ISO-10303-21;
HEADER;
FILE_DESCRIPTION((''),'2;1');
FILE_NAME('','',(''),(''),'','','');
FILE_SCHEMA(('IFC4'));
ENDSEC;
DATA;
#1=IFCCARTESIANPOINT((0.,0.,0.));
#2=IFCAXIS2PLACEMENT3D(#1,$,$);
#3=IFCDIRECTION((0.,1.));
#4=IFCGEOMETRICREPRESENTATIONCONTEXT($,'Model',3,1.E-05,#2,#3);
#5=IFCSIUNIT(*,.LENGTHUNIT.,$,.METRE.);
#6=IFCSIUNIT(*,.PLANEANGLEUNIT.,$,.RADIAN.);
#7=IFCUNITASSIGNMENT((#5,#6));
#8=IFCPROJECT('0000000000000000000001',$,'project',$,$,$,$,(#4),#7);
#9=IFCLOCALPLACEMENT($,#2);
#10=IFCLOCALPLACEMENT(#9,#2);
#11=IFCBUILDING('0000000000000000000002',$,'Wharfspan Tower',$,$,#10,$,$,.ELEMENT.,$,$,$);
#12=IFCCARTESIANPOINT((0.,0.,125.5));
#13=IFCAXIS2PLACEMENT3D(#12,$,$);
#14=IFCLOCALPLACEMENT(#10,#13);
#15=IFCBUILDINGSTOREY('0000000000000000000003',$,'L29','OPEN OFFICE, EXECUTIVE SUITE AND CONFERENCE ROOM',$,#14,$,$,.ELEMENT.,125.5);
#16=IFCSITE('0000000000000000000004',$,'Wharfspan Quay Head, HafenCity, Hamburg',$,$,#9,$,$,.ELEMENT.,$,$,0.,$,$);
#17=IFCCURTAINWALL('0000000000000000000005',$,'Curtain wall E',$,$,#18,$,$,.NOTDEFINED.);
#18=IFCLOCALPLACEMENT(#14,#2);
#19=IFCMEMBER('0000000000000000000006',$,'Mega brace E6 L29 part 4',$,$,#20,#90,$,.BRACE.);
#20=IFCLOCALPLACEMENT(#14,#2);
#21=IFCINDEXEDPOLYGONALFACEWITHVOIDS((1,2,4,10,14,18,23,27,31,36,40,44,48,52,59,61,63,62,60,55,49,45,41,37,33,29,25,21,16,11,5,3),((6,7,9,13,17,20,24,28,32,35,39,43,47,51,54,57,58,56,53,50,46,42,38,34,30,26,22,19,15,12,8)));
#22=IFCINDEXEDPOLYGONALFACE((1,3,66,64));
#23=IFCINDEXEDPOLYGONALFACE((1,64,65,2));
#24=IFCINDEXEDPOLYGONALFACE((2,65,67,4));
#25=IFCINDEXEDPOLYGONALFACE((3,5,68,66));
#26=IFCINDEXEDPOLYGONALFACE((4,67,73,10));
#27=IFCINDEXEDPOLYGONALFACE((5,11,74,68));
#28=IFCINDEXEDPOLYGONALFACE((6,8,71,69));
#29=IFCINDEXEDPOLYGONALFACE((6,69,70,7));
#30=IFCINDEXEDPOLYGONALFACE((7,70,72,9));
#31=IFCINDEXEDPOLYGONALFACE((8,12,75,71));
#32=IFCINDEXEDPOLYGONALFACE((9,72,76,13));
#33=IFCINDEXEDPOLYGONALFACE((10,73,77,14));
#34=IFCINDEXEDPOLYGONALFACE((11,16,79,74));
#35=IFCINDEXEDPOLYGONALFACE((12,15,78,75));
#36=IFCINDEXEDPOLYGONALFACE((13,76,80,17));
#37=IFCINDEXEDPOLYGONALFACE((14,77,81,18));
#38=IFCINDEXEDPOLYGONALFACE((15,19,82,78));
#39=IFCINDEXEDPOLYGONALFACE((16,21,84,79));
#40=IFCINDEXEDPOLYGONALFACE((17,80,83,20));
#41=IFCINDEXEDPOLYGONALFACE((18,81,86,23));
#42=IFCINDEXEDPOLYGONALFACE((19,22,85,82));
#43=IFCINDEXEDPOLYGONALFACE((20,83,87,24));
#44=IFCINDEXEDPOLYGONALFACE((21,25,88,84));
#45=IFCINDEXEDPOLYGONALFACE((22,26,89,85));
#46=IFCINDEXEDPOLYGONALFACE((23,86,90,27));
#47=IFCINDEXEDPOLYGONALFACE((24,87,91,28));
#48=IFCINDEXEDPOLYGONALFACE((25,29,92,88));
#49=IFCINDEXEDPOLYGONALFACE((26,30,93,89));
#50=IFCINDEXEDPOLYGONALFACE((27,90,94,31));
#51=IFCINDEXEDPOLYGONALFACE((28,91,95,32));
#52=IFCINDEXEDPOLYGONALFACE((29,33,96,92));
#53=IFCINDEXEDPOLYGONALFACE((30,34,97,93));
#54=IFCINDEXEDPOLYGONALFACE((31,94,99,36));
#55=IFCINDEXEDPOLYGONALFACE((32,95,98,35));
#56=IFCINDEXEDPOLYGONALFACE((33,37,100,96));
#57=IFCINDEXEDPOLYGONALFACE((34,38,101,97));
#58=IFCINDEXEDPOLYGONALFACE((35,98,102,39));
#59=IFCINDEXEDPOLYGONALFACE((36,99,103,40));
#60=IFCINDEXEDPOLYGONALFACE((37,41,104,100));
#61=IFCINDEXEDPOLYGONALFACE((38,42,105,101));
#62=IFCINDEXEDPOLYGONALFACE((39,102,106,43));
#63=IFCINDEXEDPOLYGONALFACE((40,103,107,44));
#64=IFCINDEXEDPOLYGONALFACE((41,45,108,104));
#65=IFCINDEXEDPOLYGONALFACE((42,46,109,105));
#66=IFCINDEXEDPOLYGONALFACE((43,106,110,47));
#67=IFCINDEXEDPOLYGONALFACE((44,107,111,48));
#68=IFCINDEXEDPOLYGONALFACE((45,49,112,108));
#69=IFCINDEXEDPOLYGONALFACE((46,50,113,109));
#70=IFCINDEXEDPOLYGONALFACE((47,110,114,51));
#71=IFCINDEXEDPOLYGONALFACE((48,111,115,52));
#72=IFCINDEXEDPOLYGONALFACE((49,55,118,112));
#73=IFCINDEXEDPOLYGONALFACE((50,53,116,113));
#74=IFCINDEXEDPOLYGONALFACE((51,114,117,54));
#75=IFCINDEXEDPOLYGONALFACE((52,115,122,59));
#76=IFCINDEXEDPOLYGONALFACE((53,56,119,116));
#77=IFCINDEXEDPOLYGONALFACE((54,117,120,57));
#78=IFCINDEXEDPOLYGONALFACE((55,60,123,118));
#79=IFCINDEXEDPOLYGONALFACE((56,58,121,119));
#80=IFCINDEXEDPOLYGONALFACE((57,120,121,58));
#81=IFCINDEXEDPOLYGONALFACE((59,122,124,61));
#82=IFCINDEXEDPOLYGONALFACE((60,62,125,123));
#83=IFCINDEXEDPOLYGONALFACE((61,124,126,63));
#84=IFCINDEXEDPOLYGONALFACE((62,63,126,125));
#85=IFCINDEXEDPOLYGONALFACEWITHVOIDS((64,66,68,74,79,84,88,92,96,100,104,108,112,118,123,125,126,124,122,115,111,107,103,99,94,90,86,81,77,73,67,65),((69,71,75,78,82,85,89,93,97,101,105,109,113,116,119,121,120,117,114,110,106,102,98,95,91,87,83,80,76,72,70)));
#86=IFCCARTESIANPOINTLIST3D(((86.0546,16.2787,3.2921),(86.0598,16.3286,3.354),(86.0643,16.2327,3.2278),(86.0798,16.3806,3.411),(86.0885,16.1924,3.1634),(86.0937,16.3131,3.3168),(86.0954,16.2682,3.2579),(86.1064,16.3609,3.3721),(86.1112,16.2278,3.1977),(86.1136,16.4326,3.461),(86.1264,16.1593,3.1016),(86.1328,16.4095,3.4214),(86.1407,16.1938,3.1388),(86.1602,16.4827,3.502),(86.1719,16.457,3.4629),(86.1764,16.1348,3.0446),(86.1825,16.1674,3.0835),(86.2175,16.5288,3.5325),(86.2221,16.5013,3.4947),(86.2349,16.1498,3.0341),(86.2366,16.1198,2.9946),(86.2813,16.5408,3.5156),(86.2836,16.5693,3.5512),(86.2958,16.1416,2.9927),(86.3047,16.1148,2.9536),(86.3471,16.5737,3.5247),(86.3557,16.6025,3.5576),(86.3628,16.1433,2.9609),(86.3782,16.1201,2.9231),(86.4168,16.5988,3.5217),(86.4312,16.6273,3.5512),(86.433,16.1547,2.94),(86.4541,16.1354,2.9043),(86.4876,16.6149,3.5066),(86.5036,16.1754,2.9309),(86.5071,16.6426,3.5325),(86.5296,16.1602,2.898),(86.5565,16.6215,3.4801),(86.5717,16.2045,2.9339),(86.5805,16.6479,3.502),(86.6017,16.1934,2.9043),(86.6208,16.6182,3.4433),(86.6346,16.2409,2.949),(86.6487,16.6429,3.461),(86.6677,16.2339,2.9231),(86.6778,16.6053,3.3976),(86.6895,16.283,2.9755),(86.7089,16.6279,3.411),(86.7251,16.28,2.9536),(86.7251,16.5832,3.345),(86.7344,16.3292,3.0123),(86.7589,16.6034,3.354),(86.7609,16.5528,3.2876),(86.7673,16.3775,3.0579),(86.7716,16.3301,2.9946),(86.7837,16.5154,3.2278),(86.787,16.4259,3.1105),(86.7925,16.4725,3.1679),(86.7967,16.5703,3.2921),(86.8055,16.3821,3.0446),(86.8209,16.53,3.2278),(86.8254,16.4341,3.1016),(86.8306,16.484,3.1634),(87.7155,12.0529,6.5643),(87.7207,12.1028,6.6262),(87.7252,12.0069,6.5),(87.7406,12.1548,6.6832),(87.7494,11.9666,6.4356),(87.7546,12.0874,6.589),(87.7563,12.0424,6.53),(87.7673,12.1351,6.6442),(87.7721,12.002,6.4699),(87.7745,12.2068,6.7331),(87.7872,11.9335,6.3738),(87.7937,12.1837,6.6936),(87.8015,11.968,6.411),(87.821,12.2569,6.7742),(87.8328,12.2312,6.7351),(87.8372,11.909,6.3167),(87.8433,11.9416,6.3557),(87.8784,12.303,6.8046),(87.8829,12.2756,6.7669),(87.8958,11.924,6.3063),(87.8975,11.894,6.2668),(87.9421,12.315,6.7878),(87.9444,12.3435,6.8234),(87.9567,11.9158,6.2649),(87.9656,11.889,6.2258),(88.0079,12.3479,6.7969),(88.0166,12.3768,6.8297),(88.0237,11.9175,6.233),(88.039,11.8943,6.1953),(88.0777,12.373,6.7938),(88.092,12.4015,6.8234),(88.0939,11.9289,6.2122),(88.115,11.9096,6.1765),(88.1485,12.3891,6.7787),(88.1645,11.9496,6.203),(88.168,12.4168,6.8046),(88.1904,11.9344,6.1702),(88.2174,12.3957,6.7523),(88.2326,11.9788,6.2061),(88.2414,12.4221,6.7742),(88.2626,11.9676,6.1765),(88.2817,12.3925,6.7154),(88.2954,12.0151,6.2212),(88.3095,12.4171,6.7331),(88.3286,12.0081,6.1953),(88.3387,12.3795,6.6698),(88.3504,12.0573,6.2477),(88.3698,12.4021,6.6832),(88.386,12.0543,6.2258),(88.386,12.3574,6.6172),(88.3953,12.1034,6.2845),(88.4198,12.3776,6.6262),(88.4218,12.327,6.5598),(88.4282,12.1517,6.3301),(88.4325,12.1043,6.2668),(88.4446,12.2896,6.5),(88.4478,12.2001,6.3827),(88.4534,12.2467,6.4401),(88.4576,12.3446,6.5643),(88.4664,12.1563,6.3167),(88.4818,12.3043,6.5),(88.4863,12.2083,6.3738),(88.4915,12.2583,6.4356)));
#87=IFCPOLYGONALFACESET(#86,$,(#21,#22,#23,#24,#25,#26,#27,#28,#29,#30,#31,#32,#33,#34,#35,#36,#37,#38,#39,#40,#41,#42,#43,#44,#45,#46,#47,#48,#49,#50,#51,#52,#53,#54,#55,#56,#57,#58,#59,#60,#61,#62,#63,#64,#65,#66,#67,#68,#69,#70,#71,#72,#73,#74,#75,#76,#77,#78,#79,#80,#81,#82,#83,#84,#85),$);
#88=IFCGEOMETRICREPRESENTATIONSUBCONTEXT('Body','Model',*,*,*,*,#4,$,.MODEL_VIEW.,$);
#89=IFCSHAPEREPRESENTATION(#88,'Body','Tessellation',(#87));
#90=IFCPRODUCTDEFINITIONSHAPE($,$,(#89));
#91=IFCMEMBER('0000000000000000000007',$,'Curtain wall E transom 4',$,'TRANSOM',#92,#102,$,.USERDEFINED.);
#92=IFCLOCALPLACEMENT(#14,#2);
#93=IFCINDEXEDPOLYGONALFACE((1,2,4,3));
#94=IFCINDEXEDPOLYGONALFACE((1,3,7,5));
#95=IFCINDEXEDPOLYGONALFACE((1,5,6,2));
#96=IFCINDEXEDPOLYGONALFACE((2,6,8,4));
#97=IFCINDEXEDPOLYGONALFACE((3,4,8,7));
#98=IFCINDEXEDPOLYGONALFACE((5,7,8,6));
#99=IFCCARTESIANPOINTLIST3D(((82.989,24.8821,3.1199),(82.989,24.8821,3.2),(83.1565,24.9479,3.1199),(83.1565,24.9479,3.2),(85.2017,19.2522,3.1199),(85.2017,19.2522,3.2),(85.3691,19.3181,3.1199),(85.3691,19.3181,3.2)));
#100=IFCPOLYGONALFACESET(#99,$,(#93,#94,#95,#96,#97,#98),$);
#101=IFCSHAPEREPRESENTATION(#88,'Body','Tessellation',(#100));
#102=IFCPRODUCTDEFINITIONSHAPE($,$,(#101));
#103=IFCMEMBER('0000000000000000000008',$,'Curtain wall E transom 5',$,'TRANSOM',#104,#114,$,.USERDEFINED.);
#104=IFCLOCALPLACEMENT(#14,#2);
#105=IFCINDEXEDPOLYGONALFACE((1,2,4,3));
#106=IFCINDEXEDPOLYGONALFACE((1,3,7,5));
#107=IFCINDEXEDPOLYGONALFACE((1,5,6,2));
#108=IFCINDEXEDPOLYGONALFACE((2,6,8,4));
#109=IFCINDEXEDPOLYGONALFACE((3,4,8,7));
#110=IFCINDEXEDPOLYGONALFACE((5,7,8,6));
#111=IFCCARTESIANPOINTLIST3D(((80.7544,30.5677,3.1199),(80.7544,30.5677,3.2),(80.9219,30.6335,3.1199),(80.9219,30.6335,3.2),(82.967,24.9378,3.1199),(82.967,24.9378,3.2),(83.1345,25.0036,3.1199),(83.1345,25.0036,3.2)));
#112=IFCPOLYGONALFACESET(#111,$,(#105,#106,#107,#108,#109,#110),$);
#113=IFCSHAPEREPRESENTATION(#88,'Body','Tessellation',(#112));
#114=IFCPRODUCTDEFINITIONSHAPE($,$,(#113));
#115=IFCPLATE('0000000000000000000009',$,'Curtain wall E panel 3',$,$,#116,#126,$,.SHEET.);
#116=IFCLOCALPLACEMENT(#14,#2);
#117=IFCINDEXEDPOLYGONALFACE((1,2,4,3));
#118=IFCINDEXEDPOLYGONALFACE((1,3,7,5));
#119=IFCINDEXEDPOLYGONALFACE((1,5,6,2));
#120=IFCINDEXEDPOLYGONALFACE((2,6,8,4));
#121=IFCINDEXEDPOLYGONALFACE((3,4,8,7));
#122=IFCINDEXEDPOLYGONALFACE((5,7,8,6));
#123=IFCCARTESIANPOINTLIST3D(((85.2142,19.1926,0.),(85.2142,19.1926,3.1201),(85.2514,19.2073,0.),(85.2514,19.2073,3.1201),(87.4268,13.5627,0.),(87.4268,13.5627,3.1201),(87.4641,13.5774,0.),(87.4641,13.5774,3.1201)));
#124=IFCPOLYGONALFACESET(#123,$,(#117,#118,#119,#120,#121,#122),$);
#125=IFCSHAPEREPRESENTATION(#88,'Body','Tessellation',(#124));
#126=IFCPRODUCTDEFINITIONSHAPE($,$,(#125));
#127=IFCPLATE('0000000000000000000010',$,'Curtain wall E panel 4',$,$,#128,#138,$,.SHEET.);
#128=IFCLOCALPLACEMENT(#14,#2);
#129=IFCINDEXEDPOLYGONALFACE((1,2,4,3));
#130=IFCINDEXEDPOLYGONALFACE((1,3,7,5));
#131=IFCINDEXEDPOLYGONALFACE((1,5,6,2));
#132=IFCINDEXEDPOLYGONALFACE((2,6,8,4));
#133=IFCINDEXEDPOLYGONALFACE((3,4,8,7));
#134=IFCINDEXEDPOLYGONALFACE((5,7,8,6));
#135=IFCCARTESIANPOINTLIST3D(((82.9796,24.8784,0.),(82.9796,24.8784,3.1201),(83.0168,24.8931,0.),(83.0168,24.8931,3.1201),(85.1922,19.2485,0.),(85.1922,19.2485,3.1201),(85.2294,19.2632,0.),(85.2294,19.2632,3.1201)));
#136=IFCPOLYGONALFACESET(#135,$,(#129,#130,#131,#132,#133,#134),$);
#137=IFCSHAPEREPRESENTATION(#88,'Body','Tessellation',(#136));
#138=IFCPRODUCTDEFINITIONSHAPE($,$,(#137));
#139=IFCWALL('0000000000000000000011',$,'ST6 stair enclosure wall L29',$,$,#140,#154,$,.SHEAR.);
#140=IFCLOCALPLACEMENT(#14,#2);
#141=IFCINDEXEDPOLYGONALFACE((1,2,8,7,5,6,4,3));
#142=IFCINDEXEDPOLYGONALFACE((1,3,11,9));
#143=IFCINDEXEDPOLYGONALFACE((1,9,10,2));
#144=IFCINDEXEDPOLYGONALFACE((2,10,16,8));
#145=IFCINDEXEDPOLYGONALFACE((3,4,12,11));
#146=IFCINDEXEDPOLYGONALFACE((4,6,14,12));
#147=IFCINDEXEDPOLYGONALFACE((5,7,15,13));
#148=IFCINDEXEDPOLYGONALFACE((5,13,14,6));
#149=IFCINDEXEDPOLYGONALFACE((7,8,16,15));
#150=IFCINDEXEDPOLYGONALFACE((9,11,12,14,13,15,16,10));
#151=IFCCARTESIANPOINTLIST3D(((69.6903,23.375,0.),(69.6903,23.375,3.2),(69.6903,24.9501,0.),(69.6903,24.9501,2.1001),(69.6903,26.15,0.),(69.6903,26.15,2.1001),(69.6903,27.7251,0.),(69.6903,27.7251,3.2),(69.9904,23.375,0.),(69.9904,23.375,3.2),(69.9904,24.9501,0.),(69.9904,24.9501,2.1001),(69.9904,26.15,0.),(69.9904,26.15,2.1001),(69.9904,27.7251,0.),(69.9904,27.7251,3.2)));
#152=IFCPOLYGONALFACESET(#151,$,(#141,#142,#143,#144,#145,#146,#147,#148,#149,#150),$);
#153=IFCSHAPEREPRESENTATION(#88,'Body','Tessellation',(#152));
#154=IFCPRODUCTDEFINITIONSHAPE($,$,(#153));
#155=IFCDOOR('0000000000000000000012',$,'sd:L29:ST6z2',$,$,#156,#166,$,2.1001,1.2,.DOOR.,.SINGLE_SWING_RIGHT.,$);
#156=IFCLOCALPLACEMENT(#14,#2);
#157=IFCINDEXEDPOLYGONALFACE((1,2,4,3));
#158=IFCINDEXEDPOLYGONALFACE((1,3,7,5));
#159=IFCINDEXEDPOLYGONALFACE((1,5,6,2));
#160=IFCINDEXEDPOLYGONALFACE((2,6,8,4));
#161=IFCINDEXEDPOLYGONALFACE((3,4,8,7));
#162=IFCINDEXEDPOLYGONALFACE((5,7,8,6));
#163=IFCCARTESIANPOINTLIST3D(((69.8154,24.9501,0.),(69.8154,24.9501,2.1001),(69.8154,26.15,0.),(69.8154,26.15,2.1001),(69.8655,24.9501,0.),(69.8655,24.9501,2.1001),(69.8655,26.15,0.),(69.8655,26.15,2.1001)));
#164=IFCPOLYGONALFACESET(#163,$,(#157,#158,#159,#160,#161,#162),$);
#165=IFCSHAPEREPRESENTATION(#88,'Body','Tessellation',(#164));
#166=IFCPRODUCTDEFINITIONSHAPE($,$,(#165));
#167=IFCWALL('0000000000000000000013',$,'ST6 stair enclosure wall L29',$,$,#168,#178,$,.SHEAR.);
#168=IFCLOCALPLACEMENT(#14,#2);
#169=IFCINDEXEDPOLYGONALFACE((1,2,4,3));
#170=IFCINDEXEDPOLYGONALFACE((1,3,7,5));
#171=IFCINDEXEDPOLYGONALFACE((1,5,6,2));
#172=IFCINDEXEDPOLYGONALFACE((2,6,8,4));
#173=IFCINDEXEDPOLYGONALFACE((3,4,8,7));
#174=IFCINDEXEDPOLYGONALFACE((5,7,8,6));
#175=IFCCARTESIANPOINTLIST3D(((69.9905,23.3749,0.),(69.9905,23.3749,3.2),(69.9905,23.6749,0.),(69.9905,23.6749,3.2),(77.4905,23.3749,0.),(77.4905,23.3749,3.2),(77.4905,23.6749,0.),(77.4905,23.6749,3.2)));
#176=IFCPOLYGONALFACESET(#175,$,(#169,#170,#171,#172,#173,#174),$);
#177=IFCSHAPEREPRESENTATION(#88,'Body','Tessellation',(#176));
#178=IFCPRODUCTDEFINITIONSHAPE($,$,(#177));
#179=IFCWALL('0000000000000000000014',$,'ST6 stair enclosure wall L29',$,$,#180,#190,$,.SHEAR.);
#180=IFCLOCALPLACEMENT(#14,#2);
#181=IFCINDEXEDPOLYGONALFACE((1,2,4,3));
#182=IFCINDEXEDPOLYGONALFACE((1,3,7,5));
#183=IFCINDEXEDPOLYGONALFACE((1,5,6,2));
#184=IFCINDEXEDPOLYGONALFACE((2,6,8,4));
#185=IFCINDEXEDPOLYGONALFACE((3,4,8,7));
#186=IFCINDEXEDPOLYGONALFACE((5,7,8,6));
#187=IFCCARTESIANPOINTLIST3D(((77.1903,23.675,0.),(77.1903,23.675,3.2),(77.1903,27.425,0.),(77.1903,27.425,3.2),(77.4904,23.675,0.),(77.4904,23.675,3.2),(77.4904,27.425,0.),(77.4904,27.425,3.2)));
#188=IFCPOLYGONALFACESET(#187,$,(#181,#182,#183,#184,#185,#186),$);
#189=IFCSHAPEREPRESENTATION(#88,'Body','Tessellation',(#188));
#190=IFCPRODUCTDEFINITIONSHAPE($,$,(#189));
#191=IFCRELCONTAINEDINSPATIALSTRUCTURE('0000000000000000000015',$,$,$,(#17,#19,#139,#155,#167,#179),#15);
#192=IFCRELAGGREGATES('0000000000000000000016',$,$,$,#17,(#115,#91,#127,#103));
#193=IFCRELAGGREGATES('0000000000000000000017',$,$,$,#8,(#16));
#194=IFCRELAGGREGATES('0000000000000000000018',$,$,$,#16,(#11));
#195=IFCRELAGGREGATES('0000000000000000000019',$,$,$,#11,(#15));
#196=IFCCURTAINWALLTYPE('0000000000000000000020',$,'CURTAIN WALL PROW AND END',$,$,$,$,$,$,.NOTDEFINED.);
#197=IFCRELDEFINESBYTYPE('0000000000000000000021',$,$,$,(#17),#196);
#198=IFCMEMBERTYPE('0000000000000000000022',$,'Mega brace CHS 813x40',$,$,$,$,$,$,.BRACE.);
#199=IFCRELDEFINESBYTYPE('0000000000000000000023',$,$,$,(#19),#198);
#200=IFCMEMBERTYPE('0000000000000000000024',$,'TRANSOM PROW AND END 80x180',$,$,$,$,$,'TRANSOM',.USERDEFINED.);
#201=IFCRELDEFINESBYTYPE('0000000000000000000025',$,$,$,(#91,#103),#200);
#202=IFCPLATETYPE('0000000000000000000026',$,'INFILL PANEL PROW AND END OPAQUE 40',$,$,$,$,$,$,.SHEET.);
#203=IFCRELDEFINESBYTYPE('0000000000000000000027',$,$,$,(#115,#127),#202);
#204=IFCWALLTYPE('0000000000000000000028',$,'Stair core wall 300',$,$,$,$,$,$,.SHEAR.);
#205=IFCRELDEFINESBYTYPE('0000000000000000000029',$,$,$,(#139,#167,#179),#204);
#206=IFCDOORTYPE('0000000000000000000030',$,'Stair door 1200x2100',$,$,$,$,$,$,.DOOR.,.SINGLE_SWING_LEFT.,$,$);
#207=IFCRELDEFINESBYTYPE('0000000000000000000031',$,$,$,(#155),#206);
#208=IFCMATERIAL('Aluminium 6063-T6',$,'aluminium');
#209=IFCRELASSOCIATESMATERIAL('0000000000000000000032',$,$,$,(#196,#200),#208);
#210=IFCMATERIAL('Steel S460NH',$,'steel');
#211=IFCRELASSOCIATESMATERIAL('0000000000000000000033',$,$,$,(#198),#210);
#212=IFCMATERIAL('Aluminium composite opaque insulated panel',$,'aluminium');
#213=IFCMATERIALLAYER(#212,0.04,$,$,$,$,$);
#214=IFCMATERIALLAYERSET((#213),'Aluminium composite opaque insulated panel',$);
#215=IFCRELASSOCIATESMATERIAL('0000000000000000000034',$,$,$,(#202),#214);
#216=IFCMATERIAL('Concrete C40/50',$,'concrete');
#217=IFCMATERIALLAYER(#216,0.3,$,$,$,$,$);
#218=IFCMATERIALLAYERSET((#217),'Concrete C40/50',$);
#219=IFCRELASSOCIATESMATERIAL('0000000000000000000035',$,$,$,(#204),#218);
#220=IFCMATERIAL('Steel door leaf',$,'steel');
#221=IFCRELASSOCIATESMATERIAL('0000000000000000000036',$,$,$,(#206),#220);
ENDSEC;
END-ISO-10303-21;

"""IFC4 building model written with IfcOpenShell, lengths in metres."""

from ifc_helpers import new_model, si_unit, direction, frame, frame_2d, origin, origin_2d, place, context, subcontext, project, spatial, rectangle, hollow_circle, extrude, material, layer, layer_set, material_profile, profile_set, type_object, element, fill, aggregate, save


model = new_model("IFC4")

# Units and contexts
model_context = context("Model", 3, precision=1e-05, world=origin(), true_north=direction((0.0, 1.0)))
body_context = subcontext(model_context, "Body", "Model", "MODEL_VIEW")
ifc_project = project(units=[si_unit("LENGTHUNIT", "METRE"), si_unit("PLANEANGLEUNIT", "RADIAN")], contexts=[model_context])

# Site, building, storey
site_placement = place(None, origin())
site = spatial("IfcSite", under=ifc_project, at=site_placement, Name="Wharfspan Quay Head, HafenCity, Hamburg", CompositionType="ELEMENT", RefElevation=0.0)
building_placement = place(site_placement, origin())
building = spatial("IfcBuilding", under=site, at=building_placement, Name="Wharfspan Tower", CompositionType="ELEMENT")
storey_placement = place(building_placement, frame((0.0, 0.0, 125.5)))
storey = spatial("IfcBuildingStorey", under=building, at=storey_placement, Name="L29", Description="OPEN OFFICE, EXECUTIVE SUITE AND CONFERENCE ROOM", CompositionType="ELEMENT", Elevation=125.5)

# Curtain wall
ifc_material_1 = material(Name="Aluminium 6063-T6", Category="aluminium")
curtain_wall_type = type_object("IfcCurtainWallType", Name="CURTAIN WALL PROW AND END", PredefinedType="NOTDEFINED", material=ifc_material_1)
curtain_wall_placement = place(storey_placement, origin())
curtain_wall = element("IfcCurtainWall", 1, at=curtain_wall_placement, inside=storey, type_object=curtain_wall_type, Name="Curtain wall E", PredefinedType="NOTDEFINED")

# Member
ifc_material_2 = material(Name="Steel S460NH", Category="steel")
ifc_material_profile_1 = material_profile(ifc_material_2, hollow_circle(Radius=0.4065, WallThickness=0.04, at=origin_2d()))
ifc_profile_set_1 = profile_set([ifc_material_profile_1], Name="Steel S460NH")
member_type_1 = type_object("IfcMemberType", Name="Mega brace CHS 813x40", PredefinedType="BRACE", material=ifc_profile_set_1)
member_1_placement = place(storey_placement, frame((86.4426, 16.3813, 3.2278), z_axis=(0.29676, -0.755051, 0.584664), x_axis=(0.930695, 0.365797, 0.000004)))
element("IfcMember", 2, at=member_1_placement, inside=storey, type_object=member_type_1, Name="Mega brace E6 L29 part 4", PredefinedType="BRACE", context=body_context, shape_type="SweptSolid", body=[
    extrude(hollow_circle(Radius=0.4065, WallThickness=0.04, at=origin_2d()), origin(), (0.0, 0.0, 1.0), 5.5967),
])

# Members
ifc_material_profile_2 = material_profile(ifc_material_1, rectangle(XDim=0.1799, YDim=0.0801, at=origin_2d()))
ifc_profile_set_2 = profile_set([ifc_material_profile_2], Name="Aluminium 6063-T6")
member_type_2 = type_object("IfcMemberType", Name="TRANSOM PROW AND END 80x180", ElementType="TRANSOM", PredefinedType="USERDEFINED", material=ifc_profile_set_2)
member_2_placement = place(storey_placement, frame((85.2854, 19.2852, 3.1599), z_axis=(-0.365782, 0.9307, 0.0), x_axis=(-0.9307, -0.365782, 0.0)))
member_2 = element("IfcMember", 3, at=member_2_placement, type_object=member_type_2, Name="Curtain wall E transom 4", ObjectType="TRANSOM", PredefinedType="USERDEFINED", context=body_context, shape_type="SweptSolid", body=[
    extrude(rectangle(XDim=0.1799, YDim=0.0801, at=origin_2d()), origin(), (0.0, 0.0, 1.0), 6.0491),
])
member_3_placement = place(storey_placement, frame((83.0508, 24.9707, 3.1599), z_axis=(-0.365782, 0.9307, 0.0), x_axis=(-0.9307, -0.365782, 0.0)))
member_3 = element("IfcMember", 4, at=member_3_placement, type_object=member_type_2, Name="Curtain wall E transom 5", ObjectType="TRANSOM", PredefinedType="USERDEFINED", context=body_context, shape_type="SweptSolid", body=[
    extrude(rectangle(XDim=0.1799, YDim=0.0801, at=origin_2d()), origin(), (0.0, 0.0, 1.0), 6.0491),
])

# Plates
ifc_material_3 = material(Name="Aluminium composite opaque insulated panel", Category="aluminium")
ifc_layer_1 = layer(ifc_material_3, 0.04)
ifc_layer_set_1 = layer_set([ifc_layer_1], Name="Aluminium composite opaque insulated panel")
plate_type = type_object("IfcPlateType", Name="INFILL PANEL PROW AND END OPAQUE 40", PredefinedType="SHEET", material=ifc_layer_set_1)
plate_1_placement = place(storey_placement, frame((86.3391, 16.385, 0.0), z_axis=(0.0, 0.0, 1.0), x_axis=(-0.365778, 0.930702, 0.0)))
plate_1 = element("IfcPlate", 5, at=plate_1_placement, type_object=plate_type, Name="Curtain wall E panel 3", PredefinedType="SHEET", context=body_context, shape_type="SweptSolid", body=[
    extrude(rectangle(XDim=6.0491, YDim=0.04, at=origin_2d()), origin(), (0.0, 0.0, 1.0), 3.1201),
])
plate_2_placement = place(storey_placement, frame((84.1045, 22.0708, 0.0), z_axis=(0.0, 0.0, 1.0), x_axis=(-0.365778, 0.930702, 0.0)))
plate_2 = element("IfcPlate", 6, at=plate_2_placement, type_object=plate_type, Name="Curtain wall E panel 4", PredefinedType="SHEET", context=body_context, shape_type="SweptSolid", body=[
    extrude(rectangle(XDim=6.0491, YDim=0.04, at=origin_2d()), origin(), (0.0, 0.0, 1.0), 3.1201),
])
aggregate(curtain_wall, [plate_1, member_2, plate_2, member_3])

# Wall, opening, door
ifc_material_4 = material(Name="Concrete C40/50", Category="concrete")
ifc_layer_2 = layer(ifc_material_4, 0.3)
ifc_layer_set_2 = layer_set([ifc_layer_2], Name="Concrete C40/50")
wall_type = type_object("IfcWallType", Name="Stair core wall 300", PredefinedType="SHEAR", material=ifc_layer_set_2)
wall_1_placement = place(storey_placement, frame((69.8403, 23.375, 0.0), z_axis=(0.0, 0.0, 1.0), x_axis=(0.0, 1.0, 0.0)))
wall_1 = element("IfcWall", 7, at=wall_1_placement, inside=storey, type_object=wall_type, Name="ST6 stair enclosure wall L29", PredefinedType="SHEAR", context=body_context, shape_type="SweptSolid", body=[
    extrude(rectangle(XDim=4.3501, YDim=0.3, at=frame_2d((2.175, 0.0))), origin(), (0.0, 0.0, 1.0), 3.2),
])
opening_placement = place(wall_1_placement, frame((1.575, 0.0, 0.0)))
opening = element("IfcOpeningElement", 8, at=opening_placement, cuts=wall_1, PredefinedType="OPENING", context=body_context, shape_type="SweptSolid", body=[
    extrude(rectangle(XDim=1.2, YDim=2.1001, at=frame_2d((0.6001, 1.05))), frame((0.0, 0.1599, 0.0), z_axis=(0.0, -1.0, 0.0), x_axis=(1.0, 0.0, 0.0)), (0.0, 0.0, 1.0), 0.3201),
])
ifc_material_5 = material(Name="Steel door leaf", Category="steel")
door_type = type_object("IfcDoorType", Name="Stair door 1200x2100", OperationType="SINGLE_SWING_LEFT", PredefinedType="DOOR", material=ifc_material_5)
door_placement = place(opening_placement, origin())
door = element("IfcDoor", 9, at=door_placement, inside=storey, type_object=door_type, Name="sd:L29:ST6z2", OperationType="SINGLE_SWING_RIGHT", OverallHeight=2.1001, OverallWidth=1.2, PredefinedType="DOOR", context=body_context, shape_type="SweptSolid", body=[
    extrude(rectangle(XDim=1.2, YDim=2.1001, at=frame_2d((0.6001, 1.05))), frame((0.0, 0.0249, 0.0), z_axis=(0.0, -1.0, 0.0), x_axis=(1.0, 0.0, 0.0)), (0.0, 0.0, 1.0), 0.05),
])
fill(opening, door)

# Walls
wall_2_placement = place(storey_placement, frame((69.9905, 23.5249, 0.0), z_axis=(0.0, 0.0, 1.0), x_axis=(1.0, 0.0, 0.0)))
element("IfcWall", 10, at=wall_2_placement, inside=storey, type_object=wall_type, Name="ST6 stair enclosure wall L29", PredefinedType="SHEAR", context=body_context, shape_type="SweptSolid", body=[
    extrude(rectangle(XDim=7.5, YDim=0.3, at=frame_2d((3.75, 0.0))), origin(), (0.0, 0.0, 1.0), 3.2),
])
wall_3_placement = place(storey_placement, frame((77.3403, 23.675, 0.0), z_axis=(0.0, 0.0, 1.0), x_axis=(0.0, 1.0, 0.0)))
element("IfcWall", 11, at=wall_3_placement, inside=storey, type_object=wall_type, Name="ST6 stair enclosure wall L29", PredefinedType="SHEAR", context=body_context, shape_type="SweptSolid", body=[
    extrude(rectangle(XDim=3.75, YDim=0.3, at=frame_2d((1.875, 0.0))), origin(), (0.0, 0.0, 1.0), 3.2),
])

save(model, "model.ifc")
